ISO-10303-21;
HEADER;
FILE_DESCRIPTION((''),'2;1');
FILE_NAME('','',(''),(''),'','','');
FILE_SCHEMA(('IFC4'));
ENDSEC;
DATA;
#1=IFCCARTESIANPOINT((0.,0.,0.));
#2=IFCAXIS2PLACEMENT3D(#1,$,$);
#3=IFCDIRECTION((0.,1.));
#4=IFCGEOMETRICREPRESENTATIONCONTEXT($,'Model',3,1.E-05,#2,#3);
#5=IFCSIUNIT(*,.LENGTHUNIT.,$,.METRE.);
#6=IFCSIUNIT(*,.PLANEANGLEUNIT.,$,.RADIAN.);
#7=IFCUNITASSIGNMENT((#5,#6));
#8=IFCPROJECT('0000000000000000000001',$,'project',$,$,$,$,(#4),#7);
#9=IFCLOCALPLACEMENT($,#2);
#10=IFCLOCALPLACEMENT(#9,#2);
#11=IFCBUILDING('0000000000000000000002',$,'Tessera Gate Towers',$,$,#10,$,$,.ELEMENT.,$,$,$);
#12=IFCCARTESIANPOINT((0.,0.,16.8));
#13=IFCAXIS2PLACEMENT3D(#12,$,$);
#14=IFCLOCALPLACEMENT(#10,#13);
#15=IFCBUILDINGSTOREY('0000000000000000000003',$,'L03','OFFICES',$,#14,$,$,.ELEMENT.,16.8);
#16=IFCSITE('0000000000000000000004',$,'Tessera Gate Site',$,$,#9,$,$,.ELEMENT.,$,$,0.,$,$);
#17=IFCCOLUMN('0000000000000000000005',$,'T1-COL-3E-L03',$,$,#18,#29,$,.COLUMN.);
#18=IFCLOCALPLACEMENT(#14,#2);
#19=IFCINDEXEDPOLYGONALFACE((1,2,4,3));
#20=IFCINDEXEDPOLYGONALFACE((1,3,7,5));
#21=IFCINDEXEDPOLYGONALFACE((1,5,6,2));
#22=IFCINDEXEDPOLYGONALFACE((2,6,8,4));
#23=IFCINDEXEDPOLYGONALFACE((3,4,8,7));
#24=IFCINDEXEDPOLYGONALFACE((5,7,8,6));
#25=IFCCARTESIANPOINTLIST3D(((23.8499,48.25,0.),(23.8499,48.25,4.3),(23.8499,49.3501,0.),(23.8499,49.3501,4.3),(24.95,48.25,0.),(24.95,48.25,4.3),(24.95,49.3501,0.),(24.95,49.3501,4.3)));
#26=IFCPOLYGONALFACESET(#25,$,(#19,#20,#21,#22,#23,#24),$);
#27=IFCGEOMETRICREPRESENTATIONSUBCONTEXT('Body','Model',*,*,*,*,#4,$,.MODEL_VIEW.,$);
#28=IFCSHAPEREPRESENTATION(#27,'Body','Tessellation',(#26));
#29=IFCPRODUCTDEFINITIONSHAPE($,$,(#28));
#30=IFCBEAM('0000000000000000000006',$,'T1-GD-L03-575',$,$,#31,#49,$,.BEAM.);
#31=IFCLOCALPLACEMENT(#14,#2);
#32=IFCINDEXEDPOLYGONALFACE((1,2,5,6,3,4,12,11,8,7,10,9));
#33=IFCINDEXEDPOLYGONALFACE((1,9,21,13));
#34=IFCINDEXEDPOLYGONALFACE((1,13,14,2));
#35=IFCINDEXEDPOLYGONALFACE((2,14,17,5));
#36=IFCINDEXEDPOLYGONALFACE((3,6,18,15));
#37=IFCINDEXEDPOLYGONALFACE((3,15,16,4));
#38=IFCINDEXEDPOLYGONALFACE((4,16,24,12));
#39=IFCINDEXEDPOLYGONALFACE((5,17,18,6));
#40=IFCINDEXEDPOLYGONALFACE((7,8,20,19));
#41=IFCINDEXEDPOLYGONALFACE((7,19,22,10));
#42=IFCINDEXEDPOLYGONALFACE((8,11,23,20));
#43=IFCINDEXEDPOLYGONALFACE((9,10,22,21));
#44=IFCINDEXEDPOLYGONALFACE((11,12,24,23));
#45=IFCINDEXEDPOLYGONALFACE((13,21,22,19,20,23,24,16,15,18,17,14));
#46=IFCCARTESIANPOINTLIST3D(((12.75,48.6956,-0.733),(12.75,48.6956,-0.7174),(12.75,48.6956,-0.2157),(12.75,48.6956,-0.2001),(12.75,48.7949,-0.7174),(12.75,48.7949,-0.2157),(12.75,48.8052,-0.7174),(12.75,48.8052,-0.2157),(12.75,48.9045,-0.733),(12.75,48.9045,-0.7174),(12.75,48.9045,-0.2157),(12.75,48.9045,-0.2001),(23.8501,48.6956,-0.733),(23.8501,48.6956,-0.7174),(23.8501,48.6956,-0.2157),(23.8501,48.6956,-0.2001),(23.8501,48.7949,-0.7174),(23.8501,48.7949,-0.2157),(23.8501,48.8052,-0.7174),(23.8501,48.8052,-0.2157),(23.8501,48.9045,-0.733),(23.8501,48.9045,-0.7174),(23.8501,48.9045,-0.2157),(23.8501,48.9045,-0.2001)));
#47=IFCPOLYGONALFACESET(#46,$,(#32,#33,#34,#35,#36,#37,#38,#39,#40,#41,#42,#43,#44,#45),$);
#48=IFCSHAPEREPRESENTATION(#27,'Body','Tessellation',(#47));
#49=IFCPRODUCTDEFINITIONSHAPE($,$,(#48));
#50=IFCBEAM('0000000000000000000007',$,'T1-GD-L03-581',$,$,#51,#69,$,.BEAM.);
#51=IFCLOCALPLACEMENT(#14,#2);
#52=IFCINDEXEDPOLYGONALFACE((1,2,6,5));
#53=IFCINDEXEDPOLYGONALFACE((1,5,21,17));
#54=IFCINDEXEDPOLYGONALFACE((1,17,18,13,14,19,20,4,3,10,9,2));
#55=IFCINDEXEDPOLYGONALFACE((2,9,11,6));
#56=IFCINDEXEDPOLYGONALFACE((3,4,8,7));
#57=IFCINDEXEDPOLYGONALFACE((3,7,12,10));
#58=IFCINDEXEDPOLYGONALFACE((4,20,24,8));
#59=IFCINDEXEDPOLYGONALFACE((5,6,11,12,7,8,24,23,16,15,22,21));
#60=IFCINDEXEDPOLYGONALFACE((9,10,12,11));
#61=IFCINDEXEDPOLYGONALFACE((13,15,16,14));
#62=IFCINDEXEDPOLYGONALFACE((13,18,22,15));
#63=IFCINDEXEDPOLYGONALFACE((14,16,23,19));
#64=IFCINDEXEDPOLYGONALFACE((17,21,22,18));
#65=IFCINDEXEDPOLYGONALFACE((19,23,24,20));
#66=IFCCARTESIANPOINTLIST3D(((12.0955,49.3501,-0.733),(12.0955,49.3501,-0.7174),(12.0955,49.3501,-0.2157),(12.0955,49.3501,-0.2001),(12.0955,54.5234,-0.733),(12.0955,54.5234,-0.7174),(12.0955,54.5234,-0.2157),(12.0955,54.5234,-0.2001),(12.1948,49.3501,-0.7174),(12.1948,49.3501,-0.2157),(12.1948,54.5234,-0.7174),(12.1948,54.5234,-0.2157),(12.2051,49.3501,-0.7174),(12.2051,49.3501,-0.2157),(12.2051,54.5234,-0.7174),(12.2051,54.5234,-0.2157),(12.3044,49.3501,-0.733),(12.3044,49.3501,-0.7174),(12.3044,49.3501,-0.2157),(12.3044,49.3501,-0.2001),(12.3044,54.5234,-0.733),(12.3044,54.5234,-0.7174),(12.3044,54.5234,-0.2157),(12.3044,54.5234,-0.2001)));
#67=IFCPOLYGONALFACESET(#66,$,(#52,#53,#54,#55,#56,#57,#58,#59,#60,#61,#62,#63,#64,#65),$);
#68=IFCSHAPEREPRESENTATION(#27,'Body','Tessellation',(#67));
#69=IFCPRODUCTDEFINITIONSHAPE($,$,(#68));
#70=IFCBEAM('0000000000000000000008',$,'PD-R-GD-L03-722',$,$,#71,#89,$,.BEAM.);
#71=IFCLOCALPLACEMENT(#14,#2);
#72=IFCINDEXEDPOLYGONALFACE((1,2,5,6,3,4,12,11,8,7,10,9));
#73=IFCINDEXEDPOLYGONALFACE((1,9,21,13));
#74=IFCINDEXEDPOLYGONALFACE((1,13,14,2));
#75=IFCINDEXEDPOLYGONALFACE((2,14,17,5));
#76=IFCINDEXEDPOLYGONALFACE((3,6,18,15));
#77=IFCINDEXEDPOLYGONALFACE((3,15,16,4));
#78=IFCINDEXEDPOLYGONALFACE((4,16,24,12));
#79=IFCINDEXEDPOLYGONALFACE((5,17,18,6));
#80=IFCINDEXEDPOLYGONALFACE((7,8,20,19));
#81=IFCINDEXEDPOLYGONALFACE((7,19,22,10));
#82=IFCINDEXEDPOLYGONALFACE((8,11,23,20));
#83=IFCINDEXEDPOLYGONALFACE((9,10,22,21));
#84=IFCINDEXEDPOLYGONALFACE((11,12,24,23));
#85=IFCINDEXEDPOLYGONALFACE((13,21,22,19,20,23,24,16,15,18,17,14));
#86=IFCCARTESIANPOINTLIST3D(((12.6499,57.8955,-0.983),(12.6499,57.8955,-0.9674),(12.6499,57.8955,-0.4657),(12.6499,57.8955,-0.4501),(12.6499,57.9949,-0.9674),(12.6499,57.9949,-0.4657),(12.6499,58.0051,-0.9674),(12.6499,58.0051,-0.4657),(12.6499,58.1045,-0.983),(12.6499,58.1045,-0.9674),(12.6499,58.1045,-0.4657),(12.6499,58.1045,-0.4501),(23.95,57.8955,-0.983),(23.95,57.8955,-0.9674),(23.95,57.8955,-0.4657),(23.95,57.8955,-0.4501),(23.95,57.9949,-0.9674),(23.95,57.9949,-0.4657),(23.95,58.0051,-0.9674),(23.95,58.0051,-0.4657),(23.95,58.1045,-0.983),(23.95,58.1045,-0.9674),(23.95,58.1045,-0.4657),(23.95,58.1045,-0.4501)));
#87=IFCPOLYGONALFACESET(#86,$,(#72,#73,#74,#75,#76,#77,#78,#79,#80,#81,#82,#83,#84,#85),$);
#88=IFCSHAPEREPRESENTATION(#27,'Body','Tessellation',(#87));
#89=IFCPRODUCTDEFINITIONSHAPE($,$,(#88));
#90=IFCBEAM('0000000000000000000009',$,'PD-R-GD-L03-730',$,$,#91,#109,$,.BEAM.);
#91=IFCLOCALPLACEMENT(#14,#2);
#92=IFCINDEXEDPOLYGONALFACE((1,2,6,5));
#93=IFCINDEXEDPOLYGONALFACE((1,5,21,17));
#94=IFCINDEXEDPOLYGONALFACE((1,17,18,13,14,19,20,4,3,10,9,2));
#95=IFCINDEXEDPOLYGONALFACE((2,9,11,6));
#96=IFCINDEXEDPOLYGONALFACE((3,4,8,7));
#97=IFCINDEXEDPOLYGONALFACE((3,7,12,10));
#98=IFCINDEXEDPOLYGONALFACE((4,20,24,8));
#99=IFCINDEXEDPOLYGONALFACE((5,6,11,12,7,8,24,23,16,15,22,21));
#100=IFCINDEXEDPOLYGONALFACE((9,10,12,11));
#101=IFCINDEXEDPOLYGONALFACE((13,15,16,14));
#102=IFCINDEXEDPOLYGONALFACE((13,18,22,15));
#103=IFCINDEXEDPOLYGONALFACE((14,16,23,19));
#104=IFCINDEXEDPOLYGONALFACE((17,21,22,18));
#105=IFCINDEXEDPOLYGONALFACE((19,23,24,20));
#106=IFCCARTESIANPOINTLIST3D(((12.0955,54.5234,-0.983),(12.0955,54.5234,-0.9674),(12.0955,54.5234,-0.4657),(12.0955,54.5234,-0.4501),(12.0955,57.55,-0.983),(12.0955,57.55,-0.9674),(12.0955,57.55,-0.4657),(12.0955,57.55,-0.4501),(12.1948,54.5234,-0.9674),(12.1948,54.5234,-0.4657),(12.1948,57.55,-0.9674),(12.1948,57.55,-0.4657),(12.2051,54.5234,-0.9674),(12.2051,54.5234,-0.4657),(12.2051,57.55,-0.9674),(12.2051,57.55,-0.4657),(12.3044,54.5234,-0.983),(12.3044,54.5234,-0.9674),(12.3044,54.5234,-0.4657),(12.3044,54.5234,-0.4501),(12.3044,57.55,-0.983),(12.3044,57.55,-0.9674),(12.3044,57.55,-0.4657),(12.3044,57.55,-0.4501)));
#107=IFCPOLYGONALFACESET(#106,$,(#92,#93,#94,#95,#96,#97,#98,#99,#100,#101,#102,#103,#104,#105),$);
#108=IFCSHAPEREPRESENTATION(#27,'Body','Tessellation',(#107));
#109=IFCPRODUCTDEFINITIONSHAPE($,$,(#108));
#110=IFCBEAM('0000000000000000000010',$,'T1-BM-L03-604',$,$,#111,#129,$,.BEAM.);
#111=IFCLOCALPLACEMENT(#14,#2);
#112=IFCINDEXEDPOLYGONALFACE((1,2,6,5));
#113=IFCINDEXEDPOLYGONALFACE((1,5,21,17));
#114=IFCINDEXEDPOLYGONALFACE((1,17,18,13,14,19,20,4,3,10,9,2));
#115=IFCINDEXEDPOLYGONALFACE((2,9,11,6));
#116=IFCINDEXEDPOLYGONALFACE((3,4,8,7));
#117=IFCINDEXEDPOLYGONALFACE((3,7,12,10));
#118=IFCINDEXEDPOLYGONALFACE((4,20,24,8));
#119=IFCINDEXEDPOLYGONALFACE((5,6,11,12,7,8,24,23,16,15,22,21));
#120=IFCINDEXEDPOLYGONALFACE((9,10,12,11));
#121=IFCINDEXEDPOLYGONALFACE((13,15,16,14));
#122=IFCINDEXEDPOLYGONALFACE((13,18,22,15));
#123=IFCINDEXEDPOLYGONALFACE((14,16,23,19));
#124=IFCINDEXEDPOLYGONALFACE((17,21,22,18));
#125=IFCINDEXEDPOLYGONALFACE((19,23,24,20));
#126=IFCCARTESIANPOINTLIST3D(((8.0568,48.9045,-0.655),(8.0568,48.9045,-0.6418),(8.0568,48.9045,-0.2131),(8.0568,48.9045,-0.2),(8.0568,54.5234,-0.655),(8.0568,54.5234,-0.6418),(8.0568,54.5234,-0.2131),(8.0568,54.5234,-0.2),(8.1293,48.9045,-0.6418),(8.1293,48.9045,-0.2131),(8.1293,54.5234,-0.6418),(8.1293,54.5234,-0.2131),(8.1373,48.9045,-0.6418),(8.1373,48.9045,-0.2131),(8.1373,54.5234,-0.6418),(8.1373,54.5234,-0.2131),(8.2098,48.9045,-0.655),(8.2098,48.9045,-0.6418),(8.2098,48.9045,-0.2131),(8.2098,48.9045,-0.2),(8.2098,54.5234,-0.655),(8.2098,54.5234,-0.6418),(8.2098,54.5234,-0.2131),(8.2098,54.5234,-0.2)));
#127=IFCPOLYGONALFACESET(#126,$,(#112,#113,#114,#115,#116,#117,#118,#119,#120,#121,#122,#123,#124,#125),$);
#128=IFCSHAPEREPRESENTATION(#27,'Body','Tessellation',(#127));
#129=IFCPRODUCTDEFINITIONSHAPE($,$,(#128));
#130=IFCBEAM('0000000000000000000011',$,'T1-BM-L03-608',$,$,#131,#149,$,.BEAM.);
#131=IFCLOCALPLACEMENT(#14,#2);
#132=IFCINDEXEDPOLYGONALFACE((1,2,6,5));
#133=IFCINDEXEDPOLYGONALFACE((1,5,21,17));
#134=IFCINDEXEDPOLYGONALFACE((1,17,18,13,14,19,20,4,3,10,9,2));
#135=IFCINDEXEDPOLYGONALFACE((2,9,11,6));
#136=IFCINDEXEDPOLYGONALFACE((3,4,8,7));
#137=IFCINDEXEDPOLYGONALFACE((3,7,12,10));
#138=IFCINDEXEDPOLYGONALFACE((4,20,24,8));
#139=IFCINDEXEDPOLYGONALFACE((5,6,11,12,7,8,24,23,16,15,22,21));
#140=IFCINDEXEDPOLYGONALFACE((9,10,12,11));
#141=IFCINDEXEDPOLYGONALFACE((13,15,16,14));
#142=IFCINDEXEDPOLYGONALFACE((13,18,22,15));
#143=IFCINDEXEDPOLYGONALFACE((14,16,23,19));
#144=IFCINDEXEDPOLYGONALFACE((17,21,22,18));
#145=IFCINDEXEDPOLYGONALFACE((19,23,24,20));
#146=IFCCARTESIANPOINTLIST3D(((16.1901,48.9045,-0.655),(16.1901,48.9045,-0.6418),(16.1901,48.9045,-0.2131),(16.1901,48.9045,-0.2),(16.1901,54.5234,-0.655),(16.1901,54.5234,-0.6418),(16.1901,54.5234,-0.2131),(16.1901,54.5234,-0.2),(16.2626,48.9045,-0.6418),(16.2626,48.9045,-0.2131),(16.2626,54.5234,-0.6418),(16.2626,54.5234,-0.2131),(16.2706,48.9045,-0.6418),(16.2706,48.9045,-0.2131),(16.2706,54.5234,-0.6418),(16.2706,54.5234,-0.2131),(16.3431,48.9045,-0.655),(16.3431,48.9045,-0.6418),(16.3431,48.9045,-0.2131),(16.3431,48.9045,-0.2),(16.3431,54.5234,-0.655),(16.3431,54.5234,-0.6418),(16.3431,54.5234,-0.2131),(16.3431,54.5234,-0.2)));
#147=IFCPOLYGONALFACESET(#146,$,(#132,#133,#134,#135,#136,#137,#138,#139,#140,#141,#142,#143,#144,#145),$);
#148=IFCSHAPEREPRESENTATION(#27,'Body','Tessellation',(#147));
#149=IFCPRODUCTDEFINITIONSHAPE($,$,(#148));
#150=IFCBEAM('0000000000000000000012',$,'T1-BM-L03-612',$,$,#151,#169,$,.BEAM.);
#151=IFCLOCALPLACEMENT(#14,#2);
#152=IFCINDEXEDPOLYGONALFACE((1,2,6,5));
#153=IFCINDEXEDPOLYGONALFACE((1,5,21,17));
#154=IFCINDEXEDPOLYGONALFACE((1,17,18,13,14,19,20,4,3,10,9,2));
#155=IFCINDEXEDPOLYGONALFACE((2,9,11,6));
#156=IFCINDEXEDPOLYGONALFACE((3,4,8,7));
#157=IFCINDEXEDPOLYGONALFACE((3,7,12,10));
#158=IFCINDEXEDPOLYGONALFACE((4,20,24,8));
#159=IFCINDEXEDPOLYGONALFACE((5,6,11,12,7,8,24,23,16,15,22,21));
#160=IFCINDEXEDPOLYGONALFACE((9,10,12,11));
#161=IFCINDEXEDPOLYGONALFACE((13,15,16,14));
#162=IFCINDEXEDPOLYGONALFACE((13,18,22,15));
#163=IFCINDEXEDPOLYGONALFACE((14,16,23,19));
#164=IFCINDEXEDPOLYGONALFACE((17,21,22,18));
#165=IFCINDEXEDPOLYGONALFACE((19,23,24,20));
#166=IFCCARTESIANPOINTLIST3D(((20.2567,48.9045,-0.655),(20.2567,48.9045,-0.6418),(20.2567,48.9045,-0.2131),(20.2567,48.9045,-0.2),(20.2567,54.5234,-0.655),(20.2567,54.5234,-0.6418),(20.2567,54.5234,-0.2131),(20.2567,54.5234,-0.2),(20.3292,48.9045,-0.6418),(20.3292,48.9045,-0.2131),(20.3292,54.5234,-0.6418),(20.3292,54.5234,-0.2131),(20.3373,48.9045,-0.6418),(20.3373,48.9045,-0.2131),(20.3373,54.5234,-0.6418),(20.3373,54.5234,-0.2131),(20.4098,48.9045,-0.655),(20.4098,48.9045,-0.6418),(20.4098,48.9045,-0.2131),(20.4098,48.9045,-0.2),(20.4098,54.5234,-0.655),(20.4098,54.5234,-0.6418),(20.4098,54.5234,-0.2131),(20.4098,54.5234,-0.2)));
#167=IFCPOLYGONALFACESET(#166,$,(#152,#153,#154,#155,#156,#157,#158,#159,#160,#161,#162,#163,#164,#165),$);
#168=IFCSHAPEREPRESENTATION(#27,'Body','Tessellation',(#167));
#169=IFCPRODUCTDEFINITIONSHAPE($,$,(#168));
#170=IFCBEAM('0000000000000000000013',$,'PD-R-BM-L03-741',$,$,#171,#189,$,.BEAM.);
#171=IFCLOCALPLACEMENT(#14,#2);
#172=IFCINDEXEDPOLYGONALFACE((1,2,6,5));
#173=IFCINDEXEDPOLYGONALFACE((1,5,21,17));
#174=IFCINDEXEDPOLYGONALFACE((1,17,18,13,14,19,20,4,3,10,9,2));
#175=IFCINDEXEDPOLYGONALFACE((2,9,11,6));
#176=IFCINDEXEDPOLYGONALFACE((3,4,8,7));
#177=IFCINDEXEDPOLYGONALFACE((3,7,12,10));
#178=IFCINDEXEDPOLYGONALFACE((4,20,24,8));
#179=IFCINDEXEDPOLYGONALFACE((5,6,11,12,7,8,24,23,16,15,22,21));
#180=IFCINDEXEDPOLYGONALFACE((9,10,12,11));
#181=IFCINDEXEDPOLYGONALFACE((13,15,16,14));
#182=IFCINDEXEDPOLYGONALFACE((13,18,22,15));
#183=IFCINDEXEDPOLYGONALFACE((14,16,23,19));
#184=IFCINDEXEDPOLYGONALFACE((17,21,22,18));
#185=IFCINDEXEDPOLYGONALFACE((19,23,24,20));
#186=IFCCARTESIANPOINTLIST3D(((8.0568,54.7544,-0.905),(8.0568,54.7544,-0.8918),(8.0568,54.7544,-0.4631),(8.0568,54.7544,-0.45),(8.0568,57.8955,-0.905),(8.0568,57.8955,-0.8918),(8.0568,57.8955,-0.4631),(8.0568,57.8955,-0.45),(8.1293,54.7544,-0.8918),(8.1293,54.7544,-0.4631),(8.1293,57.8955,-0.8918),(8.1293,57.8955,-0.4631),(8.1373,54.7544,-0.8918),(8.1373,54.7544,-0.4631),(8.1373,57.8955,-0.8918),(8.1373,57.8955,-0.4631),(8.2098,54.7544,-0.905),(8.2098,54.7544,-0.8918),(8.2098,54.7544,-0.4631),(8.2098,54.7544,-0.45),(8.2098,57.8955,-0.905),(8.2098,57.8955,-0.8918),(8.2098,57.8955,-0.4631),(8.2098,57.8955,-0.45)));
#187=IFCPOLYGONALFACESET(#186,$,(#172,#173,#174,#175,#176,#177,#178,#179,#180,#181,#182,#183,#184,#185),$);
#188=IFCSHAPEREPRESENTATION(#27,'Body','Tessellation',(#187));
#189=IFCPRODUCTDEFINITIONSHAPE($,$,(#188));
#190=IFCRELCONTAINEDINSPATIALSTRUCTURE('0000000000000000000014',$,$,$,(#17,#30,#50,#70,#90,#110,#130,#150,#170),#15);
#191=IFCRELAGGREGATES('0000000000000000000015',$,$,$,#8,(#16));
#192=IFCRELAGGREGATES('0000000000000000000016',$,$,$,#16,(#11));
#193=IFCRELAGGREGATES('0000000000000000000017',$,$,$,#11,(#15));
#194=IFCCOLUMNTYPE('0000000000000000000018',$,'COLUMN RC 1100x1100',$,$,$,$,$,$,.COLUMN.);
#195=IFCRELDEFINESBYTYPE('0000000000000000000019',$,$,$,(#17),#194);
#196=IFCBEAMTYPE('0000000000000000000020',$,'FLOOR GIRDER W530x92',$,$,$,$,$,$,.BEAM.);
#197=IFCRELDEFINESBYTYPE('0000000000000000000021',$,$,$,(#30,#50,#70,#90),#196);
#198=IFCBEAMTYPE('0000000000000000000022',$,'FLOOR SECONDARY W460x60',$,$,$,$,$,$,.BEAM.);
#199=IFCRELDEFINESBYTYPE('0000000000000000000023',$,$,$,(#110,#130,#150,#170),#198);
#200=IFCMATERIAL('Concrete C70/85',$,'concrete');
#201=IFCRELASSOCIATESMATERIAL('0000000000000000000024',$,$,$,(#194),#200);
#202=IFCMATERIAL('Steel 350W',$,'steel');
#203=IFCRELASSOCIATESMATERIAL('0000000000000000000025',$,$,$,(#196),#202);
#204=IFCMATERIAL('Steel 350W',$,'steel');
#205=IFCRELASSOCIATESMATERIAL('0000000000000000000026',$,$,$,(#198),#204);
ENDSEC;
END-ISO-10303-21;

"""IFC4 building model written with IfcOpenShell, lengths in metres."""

from ifc_helpers import new_model, si_unit, direction, frame, origin, origin_2d, place, context, subcontext, project, spatial, rectangle, i_section, extrude, material, material_profile, profile_set, type_object, element, save


model = new_model("IFC4")

# Units and contexts
model_context = context("Model", 3, precision=1e-05, world=origin(), true_north=direction((0.0, 1.0)))
body_context = subcontext(model_context, "Body", "Model", "MODEL_VIEW")
ifc_project = project(units=[si_unit("LENGTHUNIT", "METRE"), si_unit("PLANEANGLEUNIT", "RADIAN")], contexts=[model_context])

# Site, building, storey
site_placement = place(None, origin())
site = spatial("IfcSite", under=ifc_project, at=site_placement, Name="Tessera Gate Site", CompositionType="ELEMENT", RefElevation=0.0)
building_placement = place(site_placement, origin())
building = spatial("IfcBuilding", under=site, at=building_placement, Name="Tessera Gate Towers", CompositionType="ELEMENT")
storey_placement = place(building_placement, frame((0.0, 0.0, 16.8)))
storey = spatial("IfcBuildingStorey", under=building, at=storey_placement, Name="L03", Description="OFFICES", CompositionType="ELEMENT", Elevation=16.8)

# Column
ifc_material_1 = material(Name="Concrete C70/85", Category="concrete")
ifc_material_profile_1 = material_profile(ifc_material_1, rectangle(XDim=1.1001, YDim=1.1001, at=origin_2d()), Name="RC 1100x1100")
ifc_profile_set_1 = profile_set([ifc_material_profile_1], Name="Concrete C70/85")
column_type = type_object("IfcColumnType", Name="COLUMN RC 1100x1100", PredefinedType="COLUMN", material=ifc_profile_set_1)
column_placement = place(storey_placement, frame((24.3999, 48.8, 0.0), z_axis=(0.0, 0.0, 1.0), x_axis=(1.0, 0.0, 0.0)))
element("IfcColumn", 1, at=column_placement, inside=storey, type_object=column_type, Name="T1-COL-3E-L03", PredefinedType="COLUMN", context=body_context, shape_type="SweptSolid", body=[
    extrude(rectangle(XDim=1.1001, YDim=1.1001, at=origin_2d()), origin(), (0.0, 0.0, 1.0), 4.3),
])

# Beams
ifc_material_2 = material(Name="Steel 350W", Category="steel")
ifc_material_profile_2 = material_profile(ifc_material_2, i_section(OverallWidth=0.209, OverallDepth=0.533, WebThickness=0.0103, FlangeThickness=0.0156, at=origin_2d()), Name="W530x92")
ifc_profile_set_2 = profile_set([ifc_material_profile_2], Name="Steel 350W")
beam_type_1 = type_object("IfcBeamType", Name="FLOOR GIRDER W530x92", PredefinedType="BEAM", material=ifc_profile_set_2)
beam_1_placement = place(storey_placement, frame((12.75, 48.8, -0.4666), z_axis=(1.0, 0.0, 0.0), x_axis=(0.0, 1.0, 0.0)))
element("IfcBeam", 2, at=beam_1_placement, inside=storey, type_object=beam_type_1, Name="T1-GD-L03-575", PredefinedType="BEAM", context=body_context, shape_type="SweptSolid", body=[
    extrude(i_section(OverallWidth=0.209, OverallDepth=0.533, WebThickness=0.0103, FlangeThickness=0.0156, at=origin_2d()), origin(), (0.0, 0.0, 1.0), 11.1001),
])
beam_2_placement = place(storey_placement, frame((12.2, 49.3501, -0.4666), z_axis=(0.0, 1.0, 0.0), x_axis=(-1.0, 0.0, 0.0)))
element("IfcBeam", 3, at=beam_2_placement, inside=storey, type_object=beam_type_1, Name="T1-GD-L03-581", PredefinedType="BEAM", context=body_context, shape_type="SweptSolid", body=[
    extrude(i_section(OverallWidth=0.209, OverallDepth=0.533, WebThickness=0.0103, FlangeThickness=0.0156, at=origin_2d()), origin(), (0.0, 0.0, 1.0), 5.1733),
])
beam_3_placement = place(storey_placement, frame((12.6499, 58.0, -0.7166), z_axis=(1.0, 0.0, 0.0), x_axis=(0.0, 1.0, 0.0)))
element("IfcBeam", 4, at=beam_3_placement, inside=storey, type_object=beam_type_1, Name="PD-R-GD-L03-722", PredefinedType="BEAM", context=body_context, shape_type="SweptSolid", body=[
    extrude(i_section(OverallWidth=0.209, OverallDepth=0.533, WebThickness=0.0103, FlangeThickness=0.0156, at=origin_2d()), origin(), (0.0, 0.0, 1.0), 11.3),
])
beam_4_placement = place(storey_placement, frame((12.2, 54.5234, -0.7166), z_axis=(0.0, 1.0, 0.0), x_axis=(-1.0, 0.0, 0.0)))
element("IfcBeam", 5, at=beam_4_placement, inside=storey, type_object=beam_type_1, Name="PD-R-GD-L03-730", PredefinedType="BEAM", context=body_context, shape_type="SweptSolid", body=[
    extrude(i_section(OverallWidth=0.209, OverallDepth=0.533, WebThickness=0.0103, FlangeThickness=0.0156, at=origin_2d()), origin(), (0.0, 0.0, 1.0), 3.0266),
])
ifc_material_3 = material(Name="Steel 350W", Category="steel")
ifc_material_profile_3 = material_profile(ifc_material_3, i_section(OverallWidth=0.1531, OverallDepth=0.4551, WebThickness=0.0081, FlangeThickness=0.0132, at=origin_2d()), Name="W460x60")
ifc_profile_set_3 = profile_set([ifc_material_profile_3], Name="Steel 350W")
beam_type_2 = type_object("IfcBeamType", Name="FLOOR SECONDARY W460x60", PredefinedType="BEAM", material=ifc_profile_set_3)
for number, where, z_axis, x_axis, name in (
    (6, (8.1333, 48.9045, -0.4275), (0.0, 1.0, 0.0), (-1.0, 0.0, 0.0), "T1-BM-L03-604"),
    (7, (16.2666, 48.9045, -0.4275), (0.0, 1.0, 0.0), (-1.0, 0.0, 0.0), "T1-BM-L03-608"),
    (8, (20.3333, 48.9045, -0.4275), (0.0, 1.0, 0.0), (-1.0, 0.0, 0.0), "T1-BM-L03-612"),
):
    element("IfcBeam", number, at=place(storey_placement, frame(where, z_axis=z_axis, x_axis=x_axis)), inside=storey, type_object=beam_type_2, Name=name, PredefinedType="BEAM", context=body_context, shape_type="SweptSolid", body=[
        extrude(i_section(OverallWidth=0.1531, OverallDepth=0.4551, WebThickness=0.0081, FlangeThickness=0.0132, at=origin_2d()), origin(), (0.0, 0.0, 1.0), 5.6189),
    ])
for number, where, z_axis, x_axis, name in (
    (9, (8.1333, 54.7544, -0.6775), (0.0, 1.0, 0.0), (-1.0, 0.0, 0.0), "PD-R-BM-L03-741"),
):
    element("IfcBeam", number, at=place(storey_placement, frame(where, z_axis=z_axis, x_axis=x_axis)), inside=storey, type_object=beam_type_2, Name=name, PredefinedType="BEAM", context=body_context, shape_type="SweptSolid", body=[
        extrude(i_section(OverallWidth=0.1531, OverallDepth=0.4551, WebThickness=0.0081, FlangeThickness=0.0132, at=origin_2d()), origin(), (0.0, 0.0, 1.0), 3.1411),
    ])

save(model, "model.ifc")
